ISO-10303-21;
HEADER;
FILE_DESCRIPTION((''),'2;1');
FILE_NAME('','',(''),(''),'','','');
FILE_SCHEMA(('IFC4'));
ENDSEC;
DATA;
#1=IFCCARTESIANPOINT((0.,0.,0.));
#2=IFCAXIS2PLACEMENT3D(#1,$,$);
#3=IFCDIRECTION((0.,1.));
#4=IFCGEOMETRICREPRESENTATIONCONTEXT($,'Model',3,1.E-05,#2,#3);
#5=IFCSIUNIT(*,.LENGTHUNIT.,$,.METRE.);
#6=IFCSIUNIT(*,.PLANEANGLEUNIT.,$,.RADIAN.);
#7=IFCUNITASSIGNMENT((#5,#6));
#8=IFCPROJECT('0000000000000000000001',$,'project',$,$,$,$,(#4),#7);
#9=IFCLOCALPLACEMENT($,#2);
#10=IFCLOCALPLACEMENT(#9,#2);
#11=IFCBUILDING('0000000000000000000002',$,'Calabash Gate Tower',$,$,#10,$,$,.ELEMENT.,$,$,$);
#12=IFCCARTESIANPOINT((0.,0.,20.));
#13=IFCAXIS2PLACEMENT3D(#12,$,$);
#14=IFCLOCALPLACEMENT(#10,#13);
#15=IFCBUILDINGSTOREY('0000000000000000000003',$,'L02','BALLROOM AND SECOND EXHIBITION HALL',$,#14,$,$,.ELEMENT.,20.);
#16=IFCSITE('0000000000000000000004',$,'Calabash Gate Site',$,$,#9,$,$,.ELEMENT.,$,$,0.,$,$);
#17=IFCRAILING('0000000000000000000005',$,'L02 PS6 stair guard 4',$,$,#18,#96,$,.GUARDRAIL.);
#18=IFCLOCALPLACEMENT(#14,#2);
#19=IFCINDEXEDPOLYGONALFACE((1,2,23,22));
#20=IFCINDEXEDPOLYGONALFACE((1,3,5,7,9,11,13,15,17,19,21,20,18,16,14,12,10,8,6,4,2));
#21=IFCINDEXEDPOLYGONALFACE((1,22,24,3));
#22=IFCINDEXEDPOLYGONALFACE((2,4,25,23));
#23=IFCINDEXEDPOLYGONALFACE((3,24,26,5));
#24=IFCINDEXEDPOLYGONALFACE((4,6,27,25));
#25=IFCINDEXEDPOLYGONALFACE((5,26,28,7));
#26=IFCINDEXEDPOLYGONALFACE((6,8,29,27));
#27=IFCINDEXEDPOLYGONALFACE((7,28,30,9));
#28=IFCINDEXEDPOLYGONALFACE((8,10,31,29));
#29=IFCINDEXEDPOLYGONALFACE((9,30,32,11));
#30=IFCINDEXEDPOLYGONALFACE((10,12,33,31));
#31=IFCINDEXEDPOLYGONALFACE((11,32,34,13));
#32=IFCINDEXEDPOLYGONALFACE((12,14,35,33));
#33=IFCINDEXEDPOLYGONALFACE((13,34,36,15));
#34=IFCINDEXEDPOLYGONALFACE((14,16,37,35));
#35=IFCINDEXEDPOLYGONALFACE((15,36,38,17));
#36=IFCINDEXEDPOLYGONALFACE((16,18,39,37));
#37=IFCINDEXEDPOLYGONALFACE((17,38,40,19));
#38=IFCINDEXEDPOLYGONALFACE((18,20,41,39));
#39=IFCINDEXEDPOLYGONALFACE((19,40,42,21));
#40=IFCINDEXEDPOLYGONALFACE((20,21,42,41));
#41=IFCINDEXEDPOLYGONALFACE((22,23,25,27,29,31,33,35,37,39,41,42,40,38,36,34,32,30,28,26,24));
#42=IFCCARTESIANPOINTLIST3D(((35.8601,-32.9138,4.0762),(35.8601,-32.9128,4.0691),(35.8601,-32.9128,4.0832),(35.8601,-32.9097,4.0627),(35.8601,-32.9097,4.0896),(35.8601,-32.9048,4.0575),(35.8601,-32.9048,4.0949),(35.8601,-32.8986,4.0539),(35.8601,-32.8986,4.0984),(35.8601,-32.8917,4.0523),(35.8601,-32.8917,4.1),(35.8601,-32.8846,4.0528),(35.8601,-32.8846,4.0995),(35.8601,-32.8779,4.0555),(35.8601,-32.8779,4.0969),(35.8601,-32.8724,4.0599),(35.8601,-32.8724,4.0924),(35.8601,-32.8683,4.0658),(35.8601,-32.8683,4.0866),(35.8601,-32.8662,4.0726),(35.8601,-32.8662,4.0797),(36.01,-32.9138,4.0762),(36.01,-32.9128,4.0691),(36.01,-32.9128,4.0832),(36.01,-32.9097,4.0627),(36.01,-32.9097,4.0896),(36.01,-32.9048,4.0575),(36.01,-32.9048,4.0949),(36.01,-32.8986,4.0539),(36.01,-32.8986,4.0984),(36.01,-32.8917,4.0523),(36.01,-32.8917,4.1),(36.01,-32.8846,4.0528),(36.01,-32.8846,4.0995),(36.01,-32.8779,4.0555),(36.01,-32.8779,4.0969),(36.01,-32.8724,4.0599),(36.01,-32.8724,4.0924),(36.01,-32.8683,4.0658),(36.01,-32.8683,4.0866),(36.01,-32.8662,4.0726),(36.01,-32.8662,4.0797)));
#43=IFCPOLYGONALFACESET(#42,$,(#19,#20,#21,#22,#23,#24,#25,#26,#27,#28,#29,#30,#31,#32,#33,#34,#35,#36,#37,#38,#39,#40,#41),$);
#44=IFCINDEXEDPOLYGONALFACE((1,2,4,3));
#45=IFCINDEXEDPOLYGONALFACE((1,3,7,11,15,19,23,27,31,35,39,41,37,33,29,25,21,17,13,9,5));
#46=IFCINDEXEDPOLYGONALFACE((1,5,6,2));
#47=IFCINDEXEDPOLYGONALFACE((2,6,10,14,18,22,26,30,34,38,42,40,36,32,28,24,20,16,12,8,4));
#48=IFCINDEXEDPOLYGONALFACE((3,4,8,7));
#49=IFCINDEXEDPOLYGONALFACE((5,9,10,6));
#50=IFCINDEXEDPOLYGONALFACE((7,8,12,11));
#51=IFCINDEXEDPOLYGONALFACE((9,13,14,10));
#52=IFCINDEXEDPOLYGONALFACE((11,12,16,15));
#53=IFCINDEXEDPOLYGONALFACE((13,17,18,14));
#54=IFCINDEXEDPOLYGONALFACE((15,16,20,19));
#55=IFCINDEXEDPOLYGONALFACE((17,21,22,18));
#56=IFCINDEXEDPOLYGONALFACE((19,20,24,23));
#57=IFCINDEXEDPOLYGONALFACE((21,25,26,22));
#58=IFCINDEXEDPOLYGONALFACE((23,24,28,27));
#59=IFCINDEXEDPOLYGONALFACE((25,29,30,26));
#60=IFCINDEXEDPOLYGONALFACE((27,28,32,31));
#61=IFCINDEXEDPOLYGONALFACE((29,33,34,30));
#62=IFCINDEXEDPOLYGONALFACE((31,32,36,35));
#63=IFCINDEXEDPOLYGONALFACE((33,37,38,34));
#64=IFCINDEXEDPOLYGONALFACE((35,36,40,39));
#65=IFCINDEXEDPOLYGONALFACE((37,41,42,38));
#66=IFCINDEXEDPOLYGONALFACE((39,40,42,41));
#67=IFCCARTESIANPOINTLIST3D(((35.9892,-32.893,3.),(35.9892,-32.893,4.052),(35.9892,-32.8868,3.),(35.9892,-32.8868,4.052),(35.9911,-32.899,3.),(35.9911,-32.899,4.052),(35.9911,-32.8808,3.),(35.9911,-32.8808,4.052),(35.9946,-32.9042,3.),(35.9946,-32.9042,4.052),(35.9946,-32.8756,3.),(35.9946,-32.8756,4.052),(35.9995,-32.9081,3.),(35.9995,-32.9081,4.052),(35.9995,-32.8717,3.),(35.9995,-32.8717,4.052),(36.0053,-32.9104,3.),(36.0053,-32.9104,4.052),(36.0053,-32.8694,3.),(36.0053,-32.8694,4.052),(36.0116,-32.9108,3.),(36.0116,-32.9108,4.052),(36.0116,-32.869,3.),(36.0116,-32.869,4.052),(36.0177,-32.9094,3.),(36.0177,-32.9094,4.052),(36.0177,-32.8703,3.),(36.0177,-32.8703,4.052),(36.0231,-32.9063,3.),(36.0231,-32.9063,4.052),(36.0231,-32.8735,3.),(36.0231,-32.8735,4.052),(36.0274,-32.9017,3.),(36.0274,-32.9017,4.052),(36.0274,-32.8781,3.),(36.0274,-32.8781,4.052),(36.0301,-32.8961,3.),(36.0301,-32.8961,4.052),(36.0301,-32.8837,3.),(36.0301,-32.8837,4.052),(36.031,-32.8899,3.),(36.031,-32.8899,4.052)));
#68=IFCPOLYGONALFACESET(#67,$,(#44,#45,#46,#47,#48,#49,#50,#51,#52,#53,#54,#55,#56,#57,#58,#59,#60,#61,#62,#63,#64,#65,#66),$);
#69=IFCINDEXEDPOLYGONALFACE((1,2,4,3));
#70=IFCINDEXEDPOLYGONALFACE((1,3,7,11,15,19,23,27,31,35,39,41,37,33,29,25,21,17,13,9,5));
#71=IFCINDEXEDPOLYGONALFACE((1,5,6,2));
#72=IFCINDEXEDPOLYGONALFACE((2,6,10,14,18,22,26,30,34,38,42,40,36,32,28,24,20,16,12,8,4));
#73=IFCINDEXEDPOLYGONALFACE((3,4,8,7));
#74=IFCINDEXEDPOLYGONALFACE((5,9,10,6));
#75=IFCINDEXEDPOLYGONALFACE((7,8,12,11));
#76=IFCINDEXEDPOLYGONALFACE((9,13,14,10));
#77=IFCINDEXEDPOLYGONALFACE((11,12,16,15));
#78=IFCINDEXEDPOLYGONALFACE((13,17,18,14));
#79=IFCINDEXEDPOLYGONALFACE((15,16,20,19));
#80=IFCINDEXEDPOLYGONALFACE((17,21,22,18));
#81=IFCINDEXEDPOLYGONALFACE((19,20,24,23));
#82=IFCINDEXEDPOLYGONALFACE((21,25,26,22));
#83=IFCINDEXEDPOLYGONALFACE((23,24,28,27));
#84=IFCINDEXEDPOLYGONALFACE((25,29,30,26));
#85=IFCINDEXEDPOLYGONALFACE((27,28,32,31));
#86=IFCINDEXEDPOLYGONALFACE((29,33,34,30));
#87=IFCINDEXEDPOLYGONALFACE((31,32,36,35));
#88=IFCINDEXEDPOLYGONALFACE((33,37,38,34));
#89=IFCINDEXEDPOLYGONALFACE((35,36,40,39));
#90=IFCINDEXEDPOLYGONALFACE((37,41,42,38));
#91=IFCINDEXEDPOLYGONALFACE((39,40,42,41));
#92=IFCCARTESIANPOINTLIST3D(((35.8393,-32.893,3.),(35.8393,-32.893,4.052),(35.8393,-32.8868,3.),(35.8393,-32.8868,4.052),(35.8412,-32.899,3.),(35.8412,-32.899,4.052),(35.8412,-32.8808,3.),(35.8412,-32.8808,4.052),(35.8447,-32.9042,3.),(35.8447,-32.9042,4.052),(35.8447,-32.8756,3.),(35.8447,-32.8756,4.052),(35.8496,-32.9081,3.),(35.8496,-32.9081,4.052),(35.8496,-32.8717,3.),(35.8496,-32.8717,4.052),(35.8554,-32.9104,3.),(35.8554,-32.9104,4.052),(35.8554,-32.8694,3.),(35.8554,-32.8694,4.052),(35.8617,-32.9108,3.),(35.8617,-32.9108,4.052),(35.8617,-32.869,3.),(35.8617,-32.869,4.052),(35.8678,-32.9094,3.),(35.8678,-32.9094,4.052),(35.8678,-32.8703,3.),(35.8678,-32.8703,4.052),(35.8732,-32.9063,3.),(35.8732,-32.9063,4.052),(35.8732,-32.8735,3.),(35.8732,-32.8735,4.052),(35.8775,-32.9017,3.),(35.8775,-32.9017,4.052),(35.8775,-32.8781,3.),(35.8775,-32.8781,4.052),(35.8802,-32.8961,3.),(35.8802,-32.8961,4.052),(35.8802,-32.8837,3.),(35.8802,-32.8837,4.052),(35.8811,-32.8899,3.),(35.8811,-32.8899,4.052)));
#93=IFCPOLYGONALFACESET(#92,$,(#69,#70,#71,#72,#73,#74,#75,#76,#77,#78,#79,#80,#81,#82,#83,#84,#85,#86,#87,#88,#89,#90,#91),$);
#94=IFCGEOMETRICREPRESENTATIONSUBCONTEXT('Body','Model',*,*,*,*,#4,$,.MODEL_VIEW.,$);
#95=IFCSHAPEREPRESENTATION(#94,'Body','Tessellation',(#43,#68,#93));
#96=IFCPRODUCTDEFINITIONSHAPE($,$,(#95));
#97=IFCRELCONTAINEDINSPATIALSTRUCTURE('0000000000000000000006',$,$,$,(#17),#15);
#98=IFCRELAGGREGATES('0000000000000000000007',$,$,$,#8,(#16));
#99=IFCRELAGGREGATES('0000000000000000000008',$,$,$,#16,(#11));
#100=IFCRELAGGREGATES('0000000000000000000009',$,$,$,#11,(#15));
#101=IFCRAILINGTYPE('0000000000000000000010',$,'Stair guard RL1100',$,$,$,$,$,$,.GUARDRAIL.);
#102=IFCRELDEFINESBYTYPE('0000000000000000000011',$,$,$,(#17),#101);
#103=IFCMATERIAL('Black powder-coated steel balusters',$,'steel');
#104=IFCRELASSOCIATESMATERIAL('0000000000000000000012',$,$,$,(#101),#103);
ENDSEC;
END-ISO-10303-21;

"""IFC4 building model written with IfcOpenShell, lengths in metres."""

from ifc_helpers import new_model, si_unit, direction, frame, origin, origin_2d, place, context, subcontext, project, spatial, circle, extrude, material, type_object, element, save


model = new_model("IFC4")

# Units and contexts
model_context = context("Model", 3, precision=1e-05, world=origin(), true_north=direction((0.0, 1.0)))
body_context = subcontext(model_context, "Body", "Model", "MODEL_VIEW")
ifc_project = project(units=[si_unit("LENGTHUNIT", "METRE"), si_unit("PLANEANGLEUNIT", "RADIAN")], contexts=[model_context])

# Site, building, storey
site_placement = place(None, origin())
site = spatial("IfcSite", under=ifc_project, at=site_placement, Name="Calabash Gate Site", CompositionType="ELEMENT", RefElevation=0.0)
building_placement = place(site_placement, origin())
building = spatial("IfcBuilding", under=site, at=building_placement, Name="Calabash Gate Tower", CompositionType="ELEMENT")
storey_placement = place(building_placement, frame((0.0, 0.0, 20.0)))
storey = spatial("IfcBuildingStorey", under=building, at=storey_placement, Name="L02", Description="BALLROOM AND SECOND EXHIBITION HALL", CompositionType="ELEMENT", Elevation=20.0)

# Railing
ifc_material_1 = material(Name="Black powder-coated steel balusters", Category="steel")
railing_type_1 = type_object("IfcRailingType", Name="Stair guard RL1100", PredefinedType="GUARDRAIL", material=ifc_material_1)
railing_1_placement = place(storey_placement, frame((36.01, -32.8899, 3.0)))
element("IfcRailing", 1, at=railing_1_placement, inside=storey, type_object=railing_type_1, Name="L02 PS6 stair guard 4", PredefinedType="GUARDRAIL", context=body_context, shape_type="SweptSolid", body=[
    extrude(circle(Radius=0.0239, at=origin_2d()), frame((0.0, 0.0, 1.0762), z_axis=(-1.0, 0.0, 0.0), x_axis=(0.0, -1.0, 0.0)), (0.0, 0.0, 1.0), 0.1499),
    extrude(circle(Radius=0.021, at=origin_2d()), origin(), (0.0, 0.0, 1.0), 1.052),
    extrude(circle(Radius=0.021, at=origin_2d()), frame((-0.1499, 0.0, 0.0)), (0.0, 0.0, 1.0), 1.052),
])

save(model, "model.ifc")
